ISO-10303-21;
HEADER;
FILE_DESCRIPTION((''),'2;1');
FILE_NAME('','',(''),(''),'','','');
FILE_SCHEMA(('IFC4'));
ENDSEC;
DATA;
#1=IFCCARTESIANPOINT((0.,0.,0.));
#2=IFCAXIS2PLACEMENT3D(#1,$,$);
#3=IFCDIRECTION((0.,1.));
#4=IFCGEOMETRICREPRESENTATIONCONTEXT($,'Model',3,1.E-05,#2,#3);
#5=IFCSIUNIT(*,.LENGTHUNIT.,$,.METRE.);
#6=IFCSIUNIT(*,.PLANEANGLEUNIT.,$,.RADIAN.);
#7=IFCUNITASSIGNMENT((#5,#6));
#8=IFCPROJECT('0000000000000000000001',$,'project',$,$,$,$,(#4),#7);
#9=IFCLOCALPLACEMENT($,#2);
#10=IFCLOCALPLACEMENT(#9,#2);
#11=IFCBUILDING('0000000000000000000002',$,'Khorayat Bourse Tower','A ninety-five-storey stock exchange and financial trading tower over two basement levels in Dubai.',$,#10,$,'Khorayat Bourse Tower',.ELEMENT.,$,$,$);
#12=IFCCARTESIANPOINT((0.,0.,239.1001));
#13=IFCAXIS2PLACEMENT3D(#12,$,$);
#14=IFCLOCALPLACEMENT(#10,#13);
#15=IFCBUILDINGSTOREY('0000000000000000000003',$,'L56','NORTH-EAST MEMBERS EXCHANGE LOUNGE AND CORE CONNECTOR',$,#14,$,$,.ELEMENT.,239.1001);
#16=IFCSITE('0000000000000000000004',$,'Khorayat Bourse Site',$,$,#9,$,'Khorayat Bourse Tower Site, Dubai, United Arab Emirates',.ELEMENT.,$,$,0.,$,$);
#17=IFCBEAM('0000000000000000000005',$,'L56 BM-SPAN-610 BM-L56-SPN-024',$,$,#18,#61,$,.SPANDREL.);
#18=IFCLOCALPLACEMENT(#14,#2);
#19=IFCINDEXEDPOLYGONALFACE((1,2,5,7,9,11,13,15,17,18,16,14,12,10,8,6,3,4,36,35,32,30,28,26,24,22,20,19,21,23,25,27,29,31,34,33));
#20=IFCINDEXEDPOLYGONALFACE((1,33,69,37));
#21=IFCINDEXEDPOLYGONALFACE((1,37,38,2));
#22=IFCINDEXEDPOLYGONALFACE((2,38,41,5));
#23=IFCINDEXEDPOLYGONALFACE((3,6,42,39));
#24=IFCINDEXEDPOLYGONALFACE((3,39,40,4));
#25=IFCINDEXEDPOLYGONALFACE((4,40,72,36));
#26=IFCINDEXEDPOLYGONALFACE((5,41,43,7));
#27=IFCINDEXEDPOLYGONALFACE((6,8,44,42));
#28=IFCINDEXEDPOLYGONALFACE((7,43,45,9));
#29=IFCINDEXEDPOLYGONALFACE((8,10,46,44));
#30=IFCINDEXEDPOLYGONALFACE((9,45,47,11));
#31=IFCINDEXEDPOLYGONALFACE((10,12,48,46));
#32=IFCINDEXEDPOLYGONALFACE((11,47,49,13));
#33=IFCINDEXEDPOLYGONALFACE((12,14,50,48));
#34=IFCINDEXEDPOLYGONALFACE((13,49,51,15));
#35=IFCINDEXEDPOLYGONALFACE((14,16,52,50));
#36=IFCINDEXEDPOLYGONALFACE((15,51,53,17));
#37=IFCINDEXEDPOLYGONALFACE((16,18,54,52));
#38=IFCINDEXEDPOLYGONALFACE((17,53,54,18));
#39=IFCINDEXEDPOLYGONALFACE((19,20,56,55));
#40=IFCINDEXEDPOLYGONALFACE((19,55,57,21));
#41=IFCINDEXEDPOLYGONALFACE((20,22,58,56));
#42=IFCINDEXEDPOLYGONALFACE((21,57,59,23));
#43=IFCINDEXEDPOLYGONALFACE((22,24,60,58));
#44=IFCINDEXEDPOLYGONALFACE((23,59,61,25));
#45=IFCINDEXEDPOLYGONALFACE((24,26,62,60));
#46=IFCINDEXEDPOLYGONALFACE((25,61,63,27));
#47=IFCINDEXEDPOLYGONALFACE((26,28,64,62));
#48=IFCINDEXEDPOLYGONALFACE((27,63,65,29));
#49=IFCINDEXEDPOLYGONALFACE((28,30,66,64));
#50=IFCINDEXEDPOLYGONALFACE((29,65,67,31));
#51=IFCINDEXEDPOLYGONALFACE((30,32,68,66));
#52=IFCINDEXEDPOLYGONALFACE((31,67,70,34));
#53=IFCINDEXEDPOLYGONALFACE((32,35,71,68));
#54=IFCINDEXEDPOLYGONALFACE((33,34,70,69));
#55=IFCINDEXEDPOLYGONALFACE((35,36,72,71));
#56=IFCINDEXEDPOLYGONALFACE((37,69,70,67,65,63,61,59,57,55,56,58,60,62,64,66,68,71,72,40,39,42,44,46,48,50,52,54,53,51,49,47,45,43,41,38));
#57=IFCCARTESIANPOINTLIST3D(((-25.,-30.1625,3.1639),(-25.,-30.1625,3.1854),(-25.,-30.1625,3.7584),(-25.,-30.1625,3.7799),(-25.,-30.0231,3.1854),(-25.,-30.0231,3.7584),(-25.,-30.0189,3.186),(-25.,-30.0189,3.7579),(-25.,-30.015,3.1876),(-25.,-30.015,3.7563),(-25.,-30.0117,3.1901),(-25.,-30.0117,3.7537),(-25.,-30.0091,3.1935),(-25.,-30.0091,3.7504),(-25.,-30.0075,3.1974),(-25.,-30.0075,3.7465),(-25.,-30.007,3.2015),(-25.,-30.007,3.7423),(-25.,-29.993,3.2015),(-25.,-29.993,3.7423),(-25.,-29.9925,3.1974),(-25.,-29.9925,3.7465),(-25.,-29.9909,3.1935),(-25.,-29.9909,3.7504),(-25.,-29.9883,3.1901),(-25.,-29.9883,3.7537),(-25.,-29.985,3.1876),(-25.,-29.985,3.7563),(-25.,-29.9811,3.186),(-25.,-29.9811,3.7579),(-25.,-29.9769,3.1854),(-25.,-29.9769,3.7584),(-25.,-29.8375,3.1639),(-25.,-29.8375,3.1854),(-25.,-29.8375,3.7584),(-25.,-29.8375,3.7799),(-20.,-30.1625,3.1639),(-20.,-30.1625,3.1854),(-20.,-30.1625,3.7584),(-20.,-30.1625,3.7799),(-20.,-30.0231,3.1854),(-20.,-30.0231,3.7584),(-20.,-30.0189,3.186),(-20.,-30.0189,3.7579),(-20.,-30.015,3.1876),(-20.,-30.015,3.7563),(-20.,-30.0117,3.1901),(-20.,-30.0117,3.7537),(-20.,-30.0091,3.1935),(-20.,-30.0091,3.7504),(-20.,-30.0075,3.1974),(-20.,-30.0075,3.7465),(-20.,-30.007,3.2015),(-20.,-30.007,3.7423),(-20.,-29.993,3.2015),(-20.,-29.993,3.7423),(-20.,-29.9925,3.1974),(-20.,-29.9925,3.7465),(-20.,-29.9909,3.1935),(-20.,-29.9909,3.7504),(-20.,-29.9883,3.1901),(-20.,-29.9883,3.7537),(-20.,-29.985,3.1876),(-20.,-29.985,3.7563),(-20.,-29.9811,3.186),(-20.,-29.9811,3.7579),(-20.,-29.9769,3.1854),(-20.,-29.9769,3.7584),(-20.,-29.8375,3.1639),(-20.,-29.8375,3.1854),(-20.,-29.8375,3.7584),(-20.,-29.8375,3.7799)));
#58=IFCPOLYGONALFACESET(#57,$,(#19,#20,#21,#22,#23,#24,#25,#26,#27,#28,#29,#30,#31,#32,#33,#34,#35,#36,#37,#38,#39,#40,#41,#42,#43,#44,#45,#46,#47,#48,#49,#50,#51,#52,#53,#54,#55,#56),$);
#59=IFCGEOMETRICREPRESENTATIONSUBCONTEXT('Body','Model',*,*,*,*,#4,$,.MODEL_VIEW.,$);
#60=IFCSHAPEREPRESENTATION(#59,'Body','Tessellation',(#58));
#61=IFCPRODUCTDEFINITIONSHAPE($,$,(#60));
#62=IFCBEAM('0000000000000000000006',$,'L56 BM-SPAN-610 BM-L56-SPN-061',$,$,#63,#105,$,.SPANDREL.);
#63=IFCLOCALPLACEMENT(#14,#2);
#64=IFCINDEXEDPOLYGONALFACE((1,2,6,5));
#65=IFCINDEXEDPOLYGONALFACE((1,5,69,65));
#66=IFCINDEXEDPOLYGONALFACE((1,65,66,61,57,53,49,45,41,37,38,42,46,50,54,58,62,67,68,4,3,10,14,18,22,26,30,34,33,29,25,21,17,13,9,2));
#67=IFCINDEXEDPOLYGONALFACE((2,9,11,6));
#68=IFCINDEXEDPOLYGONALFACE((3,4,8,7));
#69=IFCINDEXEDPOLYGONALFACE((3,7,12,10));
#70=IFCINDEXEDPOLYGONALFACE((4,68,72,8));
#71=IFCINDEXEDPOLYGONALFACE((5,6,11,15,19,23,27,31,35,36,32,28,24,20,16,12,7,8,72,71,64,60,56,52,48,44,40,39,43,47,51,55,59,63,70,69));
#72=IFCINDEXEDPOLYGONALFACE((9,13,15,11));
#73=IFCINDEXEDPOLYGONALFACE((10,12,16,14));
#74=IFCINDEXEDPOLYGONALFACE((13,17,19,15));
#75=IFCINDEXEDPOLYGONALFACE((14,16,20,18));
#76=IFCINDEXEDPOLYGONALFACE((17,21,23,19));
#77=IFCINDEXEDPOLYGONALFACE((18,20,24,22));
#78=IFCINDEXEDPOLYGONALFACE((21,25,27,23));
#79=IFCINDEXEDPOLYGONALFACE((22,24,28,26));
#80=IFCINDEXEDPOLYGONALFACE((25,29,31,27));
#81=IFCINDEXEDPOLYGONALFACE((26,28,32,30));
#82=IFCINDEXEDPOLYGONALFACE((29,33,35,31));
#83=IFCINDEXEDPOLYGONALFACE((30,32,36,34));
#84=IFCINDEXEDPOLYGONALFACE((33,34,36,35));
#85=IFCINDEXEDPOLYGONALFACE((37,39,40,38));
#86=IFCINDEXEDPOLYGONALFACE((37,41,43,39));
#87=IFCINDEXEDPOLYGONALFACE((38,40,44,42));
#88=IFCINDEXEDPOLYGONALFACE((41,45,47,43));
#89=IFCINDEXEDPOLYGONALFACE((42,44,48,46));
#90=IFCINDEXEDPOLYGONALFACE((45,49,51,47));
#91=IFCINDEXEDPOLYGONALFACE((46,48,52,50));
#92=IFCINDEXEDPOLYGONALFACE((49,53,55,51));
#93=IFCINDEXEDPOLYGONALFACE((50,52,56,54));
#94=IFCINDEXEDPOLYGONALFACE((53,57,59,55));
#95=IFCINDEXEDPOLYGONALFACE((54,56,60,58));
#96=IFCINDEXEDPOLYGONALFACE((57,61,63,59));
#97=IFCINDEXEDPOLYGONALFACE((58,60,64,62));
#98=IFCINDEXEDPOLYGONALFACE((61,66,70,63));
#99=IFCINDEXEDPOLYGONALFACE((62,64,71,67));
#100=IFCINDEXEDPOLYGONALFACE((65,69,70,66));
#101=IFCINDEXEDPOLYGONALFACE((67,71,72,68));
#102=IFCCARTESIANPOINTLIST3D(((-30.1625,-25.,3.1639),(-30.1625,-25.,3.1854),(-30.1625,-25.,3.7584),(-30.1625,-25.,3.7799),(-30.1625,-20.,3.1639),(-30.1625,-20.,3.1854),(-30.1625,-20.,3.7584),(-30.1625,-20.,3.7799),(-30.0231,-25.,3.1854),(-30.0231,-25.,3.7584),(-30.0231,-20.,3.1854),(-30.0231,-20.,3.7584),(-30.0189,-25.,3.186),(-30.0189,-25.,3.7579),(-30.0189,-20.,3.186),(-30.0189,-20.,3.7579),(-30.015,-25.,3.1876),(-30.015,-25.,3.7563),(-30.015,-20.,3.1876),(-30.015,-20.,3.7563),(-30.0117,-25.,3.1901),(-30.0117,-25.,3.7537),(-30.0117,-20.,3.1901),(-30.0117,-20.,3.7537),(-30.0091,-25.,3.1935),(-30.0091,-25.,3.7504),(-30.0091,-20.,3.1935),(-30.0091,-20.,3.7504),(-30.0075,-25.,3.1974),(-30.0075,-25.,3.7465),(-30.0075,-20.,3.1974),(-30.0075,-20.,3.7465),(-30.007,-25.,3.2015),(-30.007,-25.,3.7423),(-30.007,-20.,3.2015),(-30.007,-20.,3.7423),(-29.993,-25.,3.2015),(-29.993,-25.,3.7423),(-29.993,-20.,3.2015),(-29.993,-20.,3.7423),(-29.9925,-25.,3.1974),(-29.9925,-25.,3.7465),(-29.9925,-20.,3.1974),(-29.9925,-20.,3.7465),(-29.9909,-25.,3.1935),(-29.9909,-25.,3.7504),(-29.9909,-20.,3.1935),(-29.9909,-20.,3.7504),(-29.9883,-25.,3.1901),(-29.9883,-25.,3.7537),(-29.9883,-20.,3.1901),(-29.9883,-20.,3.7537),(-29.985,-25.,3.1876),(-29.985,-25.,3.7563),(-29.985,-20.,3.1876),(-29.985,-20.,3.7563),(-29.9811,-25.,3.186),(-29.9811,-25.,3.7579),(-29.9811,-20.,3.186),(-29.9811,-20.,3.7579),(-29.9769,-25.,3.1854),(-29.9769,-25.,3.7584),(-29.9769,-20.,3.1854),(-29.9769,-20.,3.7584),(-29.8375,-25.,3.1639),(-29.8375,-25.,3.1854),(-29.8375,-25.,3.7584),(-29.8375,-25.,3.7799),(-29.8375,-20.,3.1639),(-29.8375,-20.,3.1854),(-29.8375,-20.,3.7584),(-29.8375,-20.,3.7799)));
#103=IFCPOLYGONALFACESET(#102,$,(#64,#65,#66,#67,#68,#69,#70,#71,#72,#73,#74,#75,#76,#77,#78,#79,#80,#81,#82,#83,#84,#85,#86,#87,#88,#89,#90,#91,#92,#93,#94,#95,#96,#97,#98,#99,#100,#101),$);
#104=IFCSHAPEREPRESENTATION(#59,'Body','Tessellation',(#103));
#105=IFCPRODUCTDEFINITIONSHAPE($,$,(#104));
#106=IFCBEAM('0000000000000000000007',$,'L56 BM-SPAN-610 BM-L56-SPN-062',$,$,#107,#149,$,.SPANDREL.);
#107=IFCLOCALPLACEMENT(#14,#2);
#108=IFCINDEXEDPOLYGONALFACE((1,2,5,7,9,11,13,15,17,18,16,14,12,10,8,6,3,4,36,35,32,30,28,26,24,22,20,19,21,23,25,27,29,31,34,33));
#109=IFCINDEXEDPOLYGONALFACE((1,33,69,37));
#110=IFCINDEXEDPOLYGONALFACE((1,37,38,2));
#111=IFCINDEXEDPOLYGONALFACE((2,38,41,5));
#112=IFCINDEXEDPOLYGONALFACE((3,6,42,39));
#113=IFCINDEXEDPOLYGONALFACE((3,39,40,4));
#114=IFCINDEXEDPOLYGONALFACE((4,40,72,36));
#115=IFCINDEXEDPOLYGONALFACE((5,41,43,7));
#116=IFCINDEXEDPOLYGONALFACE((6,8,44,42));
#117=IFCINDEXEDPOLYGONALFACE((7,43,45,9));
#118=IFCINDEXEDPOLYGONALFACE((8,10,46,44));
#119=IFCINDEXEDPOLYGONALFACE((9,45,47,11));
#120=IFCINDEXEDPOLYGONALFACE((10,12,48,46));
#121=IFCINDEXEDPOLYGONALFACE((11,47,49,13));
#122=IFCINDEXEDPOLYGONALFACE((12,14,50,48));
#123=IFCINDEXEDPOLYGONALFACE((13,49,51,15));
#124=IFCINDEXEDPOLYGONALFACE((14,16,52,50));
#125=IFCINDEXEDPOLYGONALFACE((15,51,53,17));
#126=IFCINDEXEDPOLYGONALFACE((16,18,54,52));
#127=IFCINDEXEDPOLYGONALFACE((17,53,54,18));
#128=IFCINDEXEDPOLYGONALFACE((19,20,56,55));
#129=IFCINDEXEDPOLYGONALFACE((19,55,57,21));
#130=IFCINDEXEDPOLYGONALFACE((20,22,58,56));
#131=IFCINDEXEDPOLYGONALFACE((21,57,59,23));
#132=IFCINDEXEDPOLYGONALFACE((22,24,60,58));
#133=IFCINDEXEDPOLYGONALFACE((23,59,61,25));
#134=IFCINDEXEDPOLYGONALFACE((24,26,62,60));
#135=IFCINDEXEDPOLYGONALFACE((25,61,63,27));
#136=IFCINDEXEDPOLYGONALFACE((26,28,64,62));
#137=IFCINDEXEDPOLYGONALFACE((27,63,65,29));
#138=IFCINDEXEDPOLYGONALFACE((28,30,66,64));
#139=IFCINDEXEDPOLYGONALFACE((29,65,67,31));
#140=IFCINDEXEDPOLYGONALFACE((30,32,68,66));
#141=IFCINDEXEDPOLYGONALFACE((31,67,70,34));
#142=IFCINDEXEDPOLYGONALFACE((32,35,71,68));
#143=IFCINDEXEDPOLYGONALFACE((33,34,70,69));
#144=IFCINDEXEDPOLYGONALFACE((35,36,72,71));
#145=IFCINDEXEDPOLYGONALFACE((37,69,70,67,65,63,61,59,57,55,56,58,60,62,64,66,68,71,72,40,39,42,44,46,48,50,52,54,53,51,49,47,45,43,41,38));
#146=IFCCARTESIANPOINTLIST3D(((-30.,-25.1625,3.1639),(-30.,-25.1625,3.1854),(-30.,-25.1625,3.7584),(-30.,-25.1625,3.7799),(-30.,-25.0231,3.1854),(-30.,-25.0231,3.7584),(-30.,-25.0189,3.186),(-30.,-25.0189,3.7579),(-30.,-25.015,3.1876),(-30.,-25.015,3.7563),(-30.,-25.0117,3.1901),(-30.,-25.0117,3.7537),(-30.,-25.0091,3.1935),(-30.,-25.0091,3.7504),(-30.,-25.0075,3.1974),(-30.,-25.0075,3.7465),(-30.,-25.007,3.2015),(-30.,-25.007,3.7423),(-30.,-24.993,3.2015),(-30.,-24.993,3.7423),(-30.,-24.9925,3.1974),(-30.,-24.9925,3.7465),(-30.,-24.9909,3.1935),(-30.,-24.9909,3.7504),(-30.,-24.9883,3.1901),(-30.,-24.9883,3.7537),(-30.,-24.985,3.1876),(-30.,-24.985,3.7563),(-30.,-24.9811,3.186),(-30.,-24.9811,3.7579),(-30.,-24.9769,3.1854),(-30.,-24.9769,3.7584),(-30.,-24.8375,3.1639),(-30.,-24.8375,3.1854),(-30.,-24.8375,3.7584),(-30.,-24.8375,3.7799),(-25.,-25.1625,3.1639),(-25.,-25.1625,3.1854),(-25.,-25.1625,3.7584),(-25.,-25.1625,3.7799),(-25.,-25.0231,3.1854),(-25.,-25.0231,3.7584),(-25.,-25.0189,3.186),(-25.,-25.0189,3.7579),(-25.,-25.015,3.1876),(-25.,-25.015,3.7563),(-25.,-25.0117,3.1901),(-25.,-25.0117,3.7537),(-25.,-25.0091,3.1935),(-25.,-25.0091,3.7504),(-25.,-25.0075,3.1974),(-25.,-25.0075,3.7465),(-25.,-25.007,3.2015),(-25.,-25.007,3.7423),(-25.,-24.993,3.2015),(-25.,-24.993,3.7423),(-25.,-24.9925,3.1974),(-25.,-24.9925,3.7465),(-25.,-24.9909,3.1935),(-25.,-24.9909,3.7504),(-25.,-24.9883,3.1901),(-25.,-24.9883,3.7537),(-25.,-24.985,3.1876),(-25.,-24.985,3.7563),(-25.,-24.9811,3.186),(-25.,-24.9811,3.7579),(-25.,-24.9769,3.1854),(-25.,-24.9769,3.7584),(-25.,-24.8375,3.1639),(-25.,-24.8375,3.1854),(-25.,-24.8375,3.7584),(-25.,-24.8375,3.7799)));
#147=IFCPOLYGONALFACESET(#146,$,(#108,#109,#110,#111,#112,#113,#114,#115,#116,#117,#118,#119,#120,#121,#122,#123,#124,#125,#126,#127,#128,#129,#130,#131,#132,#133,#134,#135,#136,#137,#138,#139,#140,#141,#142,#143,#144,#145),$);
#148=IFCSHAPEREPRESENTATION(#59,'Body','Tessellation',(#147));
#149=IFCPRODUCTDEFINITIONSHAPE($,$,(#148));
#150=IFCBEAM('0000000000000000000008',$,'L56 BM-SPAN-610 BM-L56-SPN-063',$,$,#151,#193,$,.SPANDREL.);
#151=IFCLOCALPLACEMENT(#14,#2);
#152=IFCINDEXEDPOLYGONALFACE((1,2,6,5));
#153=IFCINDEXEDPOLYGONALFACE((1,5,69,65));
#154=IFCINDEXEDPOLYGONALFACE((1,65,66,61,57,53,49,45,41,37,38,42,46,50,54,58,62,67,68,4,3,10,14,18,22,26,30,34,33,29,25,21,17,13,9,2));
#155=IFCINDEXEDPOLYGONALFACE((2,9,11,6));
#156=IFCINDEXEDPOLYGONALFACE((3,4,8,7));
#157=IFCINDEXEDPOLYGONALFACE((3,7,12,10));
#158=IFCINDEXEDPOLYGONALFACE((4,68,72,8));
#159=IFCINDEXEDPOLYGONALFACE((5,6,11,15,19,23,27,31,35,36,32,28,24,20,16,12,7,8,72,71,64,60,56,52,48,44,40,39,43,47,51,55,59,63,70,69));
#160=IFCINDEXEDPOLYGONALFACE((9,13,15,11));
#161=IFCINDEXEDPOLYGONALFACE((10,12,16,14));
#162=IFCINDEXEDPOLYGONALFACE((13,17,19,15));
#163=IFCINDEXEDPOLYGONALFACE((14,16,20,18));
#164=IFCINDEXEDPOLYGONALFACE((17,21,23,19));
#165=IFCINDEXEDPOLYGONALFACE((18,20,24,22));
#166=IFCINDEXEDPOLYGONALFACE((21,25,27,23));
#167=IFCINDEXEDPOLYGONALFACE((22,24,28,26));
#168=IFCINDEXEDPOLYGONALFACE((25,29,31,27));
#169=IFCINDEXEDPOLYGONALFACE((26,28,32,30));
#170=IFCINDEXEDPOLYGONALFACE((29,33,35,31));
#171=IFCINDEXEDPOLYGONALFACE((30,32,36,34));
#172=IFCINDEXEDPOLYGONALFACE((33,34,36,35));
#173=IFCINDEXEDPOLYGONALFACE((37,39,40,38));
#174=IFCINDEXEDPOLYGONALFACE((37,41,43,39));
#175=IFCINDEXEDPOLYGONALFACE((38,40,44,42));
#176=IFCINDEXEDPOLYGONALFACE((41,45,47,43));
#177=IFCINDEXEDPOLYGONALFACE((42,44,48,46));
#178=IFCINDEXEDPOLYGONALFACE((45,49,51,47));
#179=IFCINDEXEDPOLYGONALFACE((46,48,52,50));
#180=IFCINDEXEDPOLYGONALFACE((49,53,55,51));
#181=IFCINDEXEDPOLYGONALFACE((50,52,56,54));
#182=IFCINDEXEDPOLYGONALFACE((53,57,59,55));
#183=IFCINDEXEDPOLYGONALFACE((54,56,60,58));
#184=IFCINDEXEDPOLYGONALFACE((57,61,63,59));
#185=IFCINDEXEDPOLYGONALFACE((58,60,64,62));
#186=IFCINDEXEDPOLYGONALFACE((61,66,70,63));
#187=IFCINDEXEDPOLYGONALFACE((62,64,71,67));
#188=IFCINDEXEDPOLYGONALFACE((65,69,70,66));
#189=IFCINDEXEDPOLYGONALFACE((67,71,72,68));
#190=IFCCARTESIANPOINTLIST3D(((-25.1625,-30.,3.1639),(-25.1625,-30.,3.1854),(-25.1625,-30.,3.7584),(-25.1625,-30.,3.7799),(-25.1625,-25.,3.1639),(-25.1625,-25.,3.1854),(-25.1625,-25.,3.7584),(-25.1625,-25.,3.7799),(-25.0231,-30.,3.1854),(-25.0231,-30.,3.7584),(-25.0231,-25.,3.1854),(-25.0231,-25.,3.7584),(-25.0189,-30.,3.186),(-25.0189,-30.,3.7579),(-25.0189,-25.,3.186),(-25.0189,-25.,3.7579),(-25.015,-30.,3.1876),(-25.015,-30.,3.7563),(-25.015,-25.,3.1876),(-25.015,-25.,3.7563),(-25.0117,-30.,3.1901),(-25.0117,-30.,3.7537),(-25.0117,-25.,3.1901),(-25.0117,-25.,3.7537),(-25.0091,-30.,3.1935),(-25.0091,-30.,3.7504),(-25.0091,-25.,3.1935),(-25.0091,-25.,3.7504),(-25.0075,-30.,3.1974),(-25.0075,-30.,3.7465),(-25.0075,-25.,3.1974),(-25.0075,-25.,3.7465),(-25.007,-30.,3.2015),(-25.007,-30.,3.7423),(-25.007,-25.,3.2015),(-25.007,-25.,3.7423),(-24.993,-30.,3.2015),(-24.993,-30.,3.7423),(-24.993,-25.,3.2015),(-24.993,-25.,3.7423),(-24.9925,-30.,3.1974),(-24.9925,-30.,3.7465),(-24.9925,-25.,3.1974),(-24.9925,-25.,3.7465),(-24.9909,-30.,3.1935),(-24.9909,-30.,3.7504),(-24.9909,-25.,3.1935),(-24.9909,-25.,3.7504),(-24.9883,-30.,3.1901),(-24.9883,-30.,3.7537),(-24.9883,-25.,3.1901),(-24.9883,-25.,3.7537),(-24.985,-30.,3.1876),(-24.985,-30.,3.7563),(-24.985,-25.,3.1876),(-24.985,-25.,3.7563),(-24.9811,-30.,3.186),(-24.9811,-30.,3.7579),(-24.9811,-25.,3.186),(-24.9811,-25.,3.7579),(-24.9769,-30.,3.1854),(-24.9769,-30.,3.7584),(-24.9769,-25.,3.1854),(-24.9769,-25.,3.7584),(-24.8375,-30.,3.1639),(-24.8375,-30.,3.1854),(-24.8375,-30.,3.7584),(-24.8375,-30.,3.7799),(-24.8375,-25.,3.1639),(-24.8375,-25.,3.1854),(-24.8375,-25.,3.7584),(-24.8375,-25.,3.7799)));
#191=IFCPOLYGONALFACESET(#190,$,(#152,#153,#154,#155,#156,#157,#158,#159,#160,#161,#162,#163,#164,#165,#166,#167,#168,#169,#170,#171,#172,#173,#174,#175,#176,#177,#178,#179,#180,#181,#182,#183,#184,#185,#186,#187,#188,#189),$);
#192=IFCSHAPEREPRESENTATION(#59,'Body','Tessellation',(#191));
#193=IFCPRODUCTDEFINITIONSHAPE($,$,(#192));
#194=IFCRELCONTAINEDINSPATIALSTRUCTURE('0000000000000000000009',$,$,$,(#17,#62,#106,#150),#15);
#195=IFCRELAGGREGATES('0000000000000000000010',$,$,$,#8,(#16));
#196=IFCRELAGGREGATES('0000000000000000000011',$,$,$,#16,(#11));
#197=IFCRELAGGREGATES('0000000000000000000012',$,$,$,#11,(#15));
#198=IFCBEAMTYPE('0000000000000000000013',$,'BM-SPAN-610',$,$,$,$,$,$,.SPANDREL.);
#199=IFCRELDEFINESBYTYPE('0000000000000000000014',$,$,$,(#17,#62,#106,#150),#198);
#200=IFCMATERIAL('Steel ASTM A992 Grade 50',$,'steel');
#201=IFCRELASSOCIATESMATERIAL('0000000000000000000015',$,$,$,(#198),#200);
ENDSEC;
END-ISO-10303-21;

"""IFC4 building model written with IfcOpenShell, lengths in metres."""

from ifc_helpers import new_model, si_unit, direction, frame, origin, origin_2d, place, context, subcontext, project, spatial, i_section, extrude, source, transform, mapped, material, material_profile, profile_set, type_object, element, save


model = new_model("IFC4")

# Units and contexts
model_context = context("Model", 3, precision=1e-05, world=origin(), true_north=direction((0.0, 1.0)))
body_context = subcontext(model_context, "Body", "Model", "MODEL_VIEW")
ifc_project = project(units=[si_unit("LENGTHUNIT", "METRE"), si_unit("PLANEANGLEUNIT", "RADIAN")], contexts=[model_context])

# Site, building, storey
site_placement = place(None, origin())
site = spatial("IfcSite", under=ifc_project, at=site_placement, Name="Khorayat Bourse Site", LongName="Khorayat Bourse Tower Site, Dubai, United Arab Emirates", CompositionType="ELEMENT", RefElevation=0.0)
building_placement = place(site_placement, origin())
building = spatial("IfcBuilding", under=site, at=building_placement, Name="Khorayat Bourse Tower", Description="A ninety-five-storey stock exchange and financial trading tower over two basement levels in Dubai.", LongName="Khorayat Bourse Tower", CompositionType="ELEMENT")
storey_placement = place(building_placement, frame((0.0, 0.0, 239.1001)))
storey = spatial("IfcBuildingStorey", under=building, at=storey_placement, Name="L56", Description="NORTH-EAST MEMBERS EXCHANGE LOUNGE AND CORE CONNECTOR", CompositionType="ELEMENT", Elevation=239.1001)

# Beams
ifc_material_1 = material(Name="Steel ASTM A992 Grade 50", Category="steel")
ifc_material_profile_1 = material_profile(ifc_material_1, i_section(OverallWidth=0.325, OverallDepth=0.616, WebThickness=0.0139, FlangeThickness=0.0215, FilletRadius=0.0161, at=origin_2d()), Name="W610X174")
ifc_profile_set_1 = profile_set([ifc_material_profile_1], Name="Steel ASTM A992 Grade 50")
beam_type_1 = type_object("IfcBeamType", Name="BM-SPAN-610", PredefinedType="SPANDREL", material=ifc_profile_set_1)
shared_shape_1 = source(origin(), body_context, "Body", "SweptSolid", [
    extrude(i_section(OverallWidth=0.325, OverallDepth=0.616, WebThickness=0.0139, FlangeThickness=0.0215, FilletRadius=0.0161, at=origin_2d()), origin(), (0.0, 0.0, 1.0), 5.0),
])
for number, where, z_axis, x_axis, name in (
    (1, (-25.0, -30.0, 3.4719), (1.0, 0.0, 0.0), (0.0, 1.0, 0.0), "L56 BM-SPAN-610 BM-L56-SPN-024"),
    (2, (-30.0, -25.0, 3.4719), (0.0, 1.0, 0.0), (-1.0, 0.0, 0.0), "L56 BM-SPAN-610 BM-L56-SPN-061"),
    (3, (-30.0, -25.0, 3.4719), (1.0, 0.0, 0.0), (0.0, 1.0, 0.0), "L56 BM-SPAN-610 BM-L56-SPN-062"),
    (4, (-25.0, -30.0, 3.4719), (0.0, 1.0, 0.0), (-1.0, 0.0, 0.0), "L56 BM-SPAN-610 BM-L56-SPN-063"),
):
    element("IfcBeam", number, at=place(storey_placement, frame(where, z_axis=z_axis, x_axis=x_axis)), inside=storey, type_object=beam_type_1, Name=name, PredefinedType="SPANDREL", context=body_context, shape_type="MappedRepresentation", body=[
        mapped(shared_shape_1, transform((0.0, 0.0, 0.0), scale=1.0)),
    ])

save(model, "model.ifc")
